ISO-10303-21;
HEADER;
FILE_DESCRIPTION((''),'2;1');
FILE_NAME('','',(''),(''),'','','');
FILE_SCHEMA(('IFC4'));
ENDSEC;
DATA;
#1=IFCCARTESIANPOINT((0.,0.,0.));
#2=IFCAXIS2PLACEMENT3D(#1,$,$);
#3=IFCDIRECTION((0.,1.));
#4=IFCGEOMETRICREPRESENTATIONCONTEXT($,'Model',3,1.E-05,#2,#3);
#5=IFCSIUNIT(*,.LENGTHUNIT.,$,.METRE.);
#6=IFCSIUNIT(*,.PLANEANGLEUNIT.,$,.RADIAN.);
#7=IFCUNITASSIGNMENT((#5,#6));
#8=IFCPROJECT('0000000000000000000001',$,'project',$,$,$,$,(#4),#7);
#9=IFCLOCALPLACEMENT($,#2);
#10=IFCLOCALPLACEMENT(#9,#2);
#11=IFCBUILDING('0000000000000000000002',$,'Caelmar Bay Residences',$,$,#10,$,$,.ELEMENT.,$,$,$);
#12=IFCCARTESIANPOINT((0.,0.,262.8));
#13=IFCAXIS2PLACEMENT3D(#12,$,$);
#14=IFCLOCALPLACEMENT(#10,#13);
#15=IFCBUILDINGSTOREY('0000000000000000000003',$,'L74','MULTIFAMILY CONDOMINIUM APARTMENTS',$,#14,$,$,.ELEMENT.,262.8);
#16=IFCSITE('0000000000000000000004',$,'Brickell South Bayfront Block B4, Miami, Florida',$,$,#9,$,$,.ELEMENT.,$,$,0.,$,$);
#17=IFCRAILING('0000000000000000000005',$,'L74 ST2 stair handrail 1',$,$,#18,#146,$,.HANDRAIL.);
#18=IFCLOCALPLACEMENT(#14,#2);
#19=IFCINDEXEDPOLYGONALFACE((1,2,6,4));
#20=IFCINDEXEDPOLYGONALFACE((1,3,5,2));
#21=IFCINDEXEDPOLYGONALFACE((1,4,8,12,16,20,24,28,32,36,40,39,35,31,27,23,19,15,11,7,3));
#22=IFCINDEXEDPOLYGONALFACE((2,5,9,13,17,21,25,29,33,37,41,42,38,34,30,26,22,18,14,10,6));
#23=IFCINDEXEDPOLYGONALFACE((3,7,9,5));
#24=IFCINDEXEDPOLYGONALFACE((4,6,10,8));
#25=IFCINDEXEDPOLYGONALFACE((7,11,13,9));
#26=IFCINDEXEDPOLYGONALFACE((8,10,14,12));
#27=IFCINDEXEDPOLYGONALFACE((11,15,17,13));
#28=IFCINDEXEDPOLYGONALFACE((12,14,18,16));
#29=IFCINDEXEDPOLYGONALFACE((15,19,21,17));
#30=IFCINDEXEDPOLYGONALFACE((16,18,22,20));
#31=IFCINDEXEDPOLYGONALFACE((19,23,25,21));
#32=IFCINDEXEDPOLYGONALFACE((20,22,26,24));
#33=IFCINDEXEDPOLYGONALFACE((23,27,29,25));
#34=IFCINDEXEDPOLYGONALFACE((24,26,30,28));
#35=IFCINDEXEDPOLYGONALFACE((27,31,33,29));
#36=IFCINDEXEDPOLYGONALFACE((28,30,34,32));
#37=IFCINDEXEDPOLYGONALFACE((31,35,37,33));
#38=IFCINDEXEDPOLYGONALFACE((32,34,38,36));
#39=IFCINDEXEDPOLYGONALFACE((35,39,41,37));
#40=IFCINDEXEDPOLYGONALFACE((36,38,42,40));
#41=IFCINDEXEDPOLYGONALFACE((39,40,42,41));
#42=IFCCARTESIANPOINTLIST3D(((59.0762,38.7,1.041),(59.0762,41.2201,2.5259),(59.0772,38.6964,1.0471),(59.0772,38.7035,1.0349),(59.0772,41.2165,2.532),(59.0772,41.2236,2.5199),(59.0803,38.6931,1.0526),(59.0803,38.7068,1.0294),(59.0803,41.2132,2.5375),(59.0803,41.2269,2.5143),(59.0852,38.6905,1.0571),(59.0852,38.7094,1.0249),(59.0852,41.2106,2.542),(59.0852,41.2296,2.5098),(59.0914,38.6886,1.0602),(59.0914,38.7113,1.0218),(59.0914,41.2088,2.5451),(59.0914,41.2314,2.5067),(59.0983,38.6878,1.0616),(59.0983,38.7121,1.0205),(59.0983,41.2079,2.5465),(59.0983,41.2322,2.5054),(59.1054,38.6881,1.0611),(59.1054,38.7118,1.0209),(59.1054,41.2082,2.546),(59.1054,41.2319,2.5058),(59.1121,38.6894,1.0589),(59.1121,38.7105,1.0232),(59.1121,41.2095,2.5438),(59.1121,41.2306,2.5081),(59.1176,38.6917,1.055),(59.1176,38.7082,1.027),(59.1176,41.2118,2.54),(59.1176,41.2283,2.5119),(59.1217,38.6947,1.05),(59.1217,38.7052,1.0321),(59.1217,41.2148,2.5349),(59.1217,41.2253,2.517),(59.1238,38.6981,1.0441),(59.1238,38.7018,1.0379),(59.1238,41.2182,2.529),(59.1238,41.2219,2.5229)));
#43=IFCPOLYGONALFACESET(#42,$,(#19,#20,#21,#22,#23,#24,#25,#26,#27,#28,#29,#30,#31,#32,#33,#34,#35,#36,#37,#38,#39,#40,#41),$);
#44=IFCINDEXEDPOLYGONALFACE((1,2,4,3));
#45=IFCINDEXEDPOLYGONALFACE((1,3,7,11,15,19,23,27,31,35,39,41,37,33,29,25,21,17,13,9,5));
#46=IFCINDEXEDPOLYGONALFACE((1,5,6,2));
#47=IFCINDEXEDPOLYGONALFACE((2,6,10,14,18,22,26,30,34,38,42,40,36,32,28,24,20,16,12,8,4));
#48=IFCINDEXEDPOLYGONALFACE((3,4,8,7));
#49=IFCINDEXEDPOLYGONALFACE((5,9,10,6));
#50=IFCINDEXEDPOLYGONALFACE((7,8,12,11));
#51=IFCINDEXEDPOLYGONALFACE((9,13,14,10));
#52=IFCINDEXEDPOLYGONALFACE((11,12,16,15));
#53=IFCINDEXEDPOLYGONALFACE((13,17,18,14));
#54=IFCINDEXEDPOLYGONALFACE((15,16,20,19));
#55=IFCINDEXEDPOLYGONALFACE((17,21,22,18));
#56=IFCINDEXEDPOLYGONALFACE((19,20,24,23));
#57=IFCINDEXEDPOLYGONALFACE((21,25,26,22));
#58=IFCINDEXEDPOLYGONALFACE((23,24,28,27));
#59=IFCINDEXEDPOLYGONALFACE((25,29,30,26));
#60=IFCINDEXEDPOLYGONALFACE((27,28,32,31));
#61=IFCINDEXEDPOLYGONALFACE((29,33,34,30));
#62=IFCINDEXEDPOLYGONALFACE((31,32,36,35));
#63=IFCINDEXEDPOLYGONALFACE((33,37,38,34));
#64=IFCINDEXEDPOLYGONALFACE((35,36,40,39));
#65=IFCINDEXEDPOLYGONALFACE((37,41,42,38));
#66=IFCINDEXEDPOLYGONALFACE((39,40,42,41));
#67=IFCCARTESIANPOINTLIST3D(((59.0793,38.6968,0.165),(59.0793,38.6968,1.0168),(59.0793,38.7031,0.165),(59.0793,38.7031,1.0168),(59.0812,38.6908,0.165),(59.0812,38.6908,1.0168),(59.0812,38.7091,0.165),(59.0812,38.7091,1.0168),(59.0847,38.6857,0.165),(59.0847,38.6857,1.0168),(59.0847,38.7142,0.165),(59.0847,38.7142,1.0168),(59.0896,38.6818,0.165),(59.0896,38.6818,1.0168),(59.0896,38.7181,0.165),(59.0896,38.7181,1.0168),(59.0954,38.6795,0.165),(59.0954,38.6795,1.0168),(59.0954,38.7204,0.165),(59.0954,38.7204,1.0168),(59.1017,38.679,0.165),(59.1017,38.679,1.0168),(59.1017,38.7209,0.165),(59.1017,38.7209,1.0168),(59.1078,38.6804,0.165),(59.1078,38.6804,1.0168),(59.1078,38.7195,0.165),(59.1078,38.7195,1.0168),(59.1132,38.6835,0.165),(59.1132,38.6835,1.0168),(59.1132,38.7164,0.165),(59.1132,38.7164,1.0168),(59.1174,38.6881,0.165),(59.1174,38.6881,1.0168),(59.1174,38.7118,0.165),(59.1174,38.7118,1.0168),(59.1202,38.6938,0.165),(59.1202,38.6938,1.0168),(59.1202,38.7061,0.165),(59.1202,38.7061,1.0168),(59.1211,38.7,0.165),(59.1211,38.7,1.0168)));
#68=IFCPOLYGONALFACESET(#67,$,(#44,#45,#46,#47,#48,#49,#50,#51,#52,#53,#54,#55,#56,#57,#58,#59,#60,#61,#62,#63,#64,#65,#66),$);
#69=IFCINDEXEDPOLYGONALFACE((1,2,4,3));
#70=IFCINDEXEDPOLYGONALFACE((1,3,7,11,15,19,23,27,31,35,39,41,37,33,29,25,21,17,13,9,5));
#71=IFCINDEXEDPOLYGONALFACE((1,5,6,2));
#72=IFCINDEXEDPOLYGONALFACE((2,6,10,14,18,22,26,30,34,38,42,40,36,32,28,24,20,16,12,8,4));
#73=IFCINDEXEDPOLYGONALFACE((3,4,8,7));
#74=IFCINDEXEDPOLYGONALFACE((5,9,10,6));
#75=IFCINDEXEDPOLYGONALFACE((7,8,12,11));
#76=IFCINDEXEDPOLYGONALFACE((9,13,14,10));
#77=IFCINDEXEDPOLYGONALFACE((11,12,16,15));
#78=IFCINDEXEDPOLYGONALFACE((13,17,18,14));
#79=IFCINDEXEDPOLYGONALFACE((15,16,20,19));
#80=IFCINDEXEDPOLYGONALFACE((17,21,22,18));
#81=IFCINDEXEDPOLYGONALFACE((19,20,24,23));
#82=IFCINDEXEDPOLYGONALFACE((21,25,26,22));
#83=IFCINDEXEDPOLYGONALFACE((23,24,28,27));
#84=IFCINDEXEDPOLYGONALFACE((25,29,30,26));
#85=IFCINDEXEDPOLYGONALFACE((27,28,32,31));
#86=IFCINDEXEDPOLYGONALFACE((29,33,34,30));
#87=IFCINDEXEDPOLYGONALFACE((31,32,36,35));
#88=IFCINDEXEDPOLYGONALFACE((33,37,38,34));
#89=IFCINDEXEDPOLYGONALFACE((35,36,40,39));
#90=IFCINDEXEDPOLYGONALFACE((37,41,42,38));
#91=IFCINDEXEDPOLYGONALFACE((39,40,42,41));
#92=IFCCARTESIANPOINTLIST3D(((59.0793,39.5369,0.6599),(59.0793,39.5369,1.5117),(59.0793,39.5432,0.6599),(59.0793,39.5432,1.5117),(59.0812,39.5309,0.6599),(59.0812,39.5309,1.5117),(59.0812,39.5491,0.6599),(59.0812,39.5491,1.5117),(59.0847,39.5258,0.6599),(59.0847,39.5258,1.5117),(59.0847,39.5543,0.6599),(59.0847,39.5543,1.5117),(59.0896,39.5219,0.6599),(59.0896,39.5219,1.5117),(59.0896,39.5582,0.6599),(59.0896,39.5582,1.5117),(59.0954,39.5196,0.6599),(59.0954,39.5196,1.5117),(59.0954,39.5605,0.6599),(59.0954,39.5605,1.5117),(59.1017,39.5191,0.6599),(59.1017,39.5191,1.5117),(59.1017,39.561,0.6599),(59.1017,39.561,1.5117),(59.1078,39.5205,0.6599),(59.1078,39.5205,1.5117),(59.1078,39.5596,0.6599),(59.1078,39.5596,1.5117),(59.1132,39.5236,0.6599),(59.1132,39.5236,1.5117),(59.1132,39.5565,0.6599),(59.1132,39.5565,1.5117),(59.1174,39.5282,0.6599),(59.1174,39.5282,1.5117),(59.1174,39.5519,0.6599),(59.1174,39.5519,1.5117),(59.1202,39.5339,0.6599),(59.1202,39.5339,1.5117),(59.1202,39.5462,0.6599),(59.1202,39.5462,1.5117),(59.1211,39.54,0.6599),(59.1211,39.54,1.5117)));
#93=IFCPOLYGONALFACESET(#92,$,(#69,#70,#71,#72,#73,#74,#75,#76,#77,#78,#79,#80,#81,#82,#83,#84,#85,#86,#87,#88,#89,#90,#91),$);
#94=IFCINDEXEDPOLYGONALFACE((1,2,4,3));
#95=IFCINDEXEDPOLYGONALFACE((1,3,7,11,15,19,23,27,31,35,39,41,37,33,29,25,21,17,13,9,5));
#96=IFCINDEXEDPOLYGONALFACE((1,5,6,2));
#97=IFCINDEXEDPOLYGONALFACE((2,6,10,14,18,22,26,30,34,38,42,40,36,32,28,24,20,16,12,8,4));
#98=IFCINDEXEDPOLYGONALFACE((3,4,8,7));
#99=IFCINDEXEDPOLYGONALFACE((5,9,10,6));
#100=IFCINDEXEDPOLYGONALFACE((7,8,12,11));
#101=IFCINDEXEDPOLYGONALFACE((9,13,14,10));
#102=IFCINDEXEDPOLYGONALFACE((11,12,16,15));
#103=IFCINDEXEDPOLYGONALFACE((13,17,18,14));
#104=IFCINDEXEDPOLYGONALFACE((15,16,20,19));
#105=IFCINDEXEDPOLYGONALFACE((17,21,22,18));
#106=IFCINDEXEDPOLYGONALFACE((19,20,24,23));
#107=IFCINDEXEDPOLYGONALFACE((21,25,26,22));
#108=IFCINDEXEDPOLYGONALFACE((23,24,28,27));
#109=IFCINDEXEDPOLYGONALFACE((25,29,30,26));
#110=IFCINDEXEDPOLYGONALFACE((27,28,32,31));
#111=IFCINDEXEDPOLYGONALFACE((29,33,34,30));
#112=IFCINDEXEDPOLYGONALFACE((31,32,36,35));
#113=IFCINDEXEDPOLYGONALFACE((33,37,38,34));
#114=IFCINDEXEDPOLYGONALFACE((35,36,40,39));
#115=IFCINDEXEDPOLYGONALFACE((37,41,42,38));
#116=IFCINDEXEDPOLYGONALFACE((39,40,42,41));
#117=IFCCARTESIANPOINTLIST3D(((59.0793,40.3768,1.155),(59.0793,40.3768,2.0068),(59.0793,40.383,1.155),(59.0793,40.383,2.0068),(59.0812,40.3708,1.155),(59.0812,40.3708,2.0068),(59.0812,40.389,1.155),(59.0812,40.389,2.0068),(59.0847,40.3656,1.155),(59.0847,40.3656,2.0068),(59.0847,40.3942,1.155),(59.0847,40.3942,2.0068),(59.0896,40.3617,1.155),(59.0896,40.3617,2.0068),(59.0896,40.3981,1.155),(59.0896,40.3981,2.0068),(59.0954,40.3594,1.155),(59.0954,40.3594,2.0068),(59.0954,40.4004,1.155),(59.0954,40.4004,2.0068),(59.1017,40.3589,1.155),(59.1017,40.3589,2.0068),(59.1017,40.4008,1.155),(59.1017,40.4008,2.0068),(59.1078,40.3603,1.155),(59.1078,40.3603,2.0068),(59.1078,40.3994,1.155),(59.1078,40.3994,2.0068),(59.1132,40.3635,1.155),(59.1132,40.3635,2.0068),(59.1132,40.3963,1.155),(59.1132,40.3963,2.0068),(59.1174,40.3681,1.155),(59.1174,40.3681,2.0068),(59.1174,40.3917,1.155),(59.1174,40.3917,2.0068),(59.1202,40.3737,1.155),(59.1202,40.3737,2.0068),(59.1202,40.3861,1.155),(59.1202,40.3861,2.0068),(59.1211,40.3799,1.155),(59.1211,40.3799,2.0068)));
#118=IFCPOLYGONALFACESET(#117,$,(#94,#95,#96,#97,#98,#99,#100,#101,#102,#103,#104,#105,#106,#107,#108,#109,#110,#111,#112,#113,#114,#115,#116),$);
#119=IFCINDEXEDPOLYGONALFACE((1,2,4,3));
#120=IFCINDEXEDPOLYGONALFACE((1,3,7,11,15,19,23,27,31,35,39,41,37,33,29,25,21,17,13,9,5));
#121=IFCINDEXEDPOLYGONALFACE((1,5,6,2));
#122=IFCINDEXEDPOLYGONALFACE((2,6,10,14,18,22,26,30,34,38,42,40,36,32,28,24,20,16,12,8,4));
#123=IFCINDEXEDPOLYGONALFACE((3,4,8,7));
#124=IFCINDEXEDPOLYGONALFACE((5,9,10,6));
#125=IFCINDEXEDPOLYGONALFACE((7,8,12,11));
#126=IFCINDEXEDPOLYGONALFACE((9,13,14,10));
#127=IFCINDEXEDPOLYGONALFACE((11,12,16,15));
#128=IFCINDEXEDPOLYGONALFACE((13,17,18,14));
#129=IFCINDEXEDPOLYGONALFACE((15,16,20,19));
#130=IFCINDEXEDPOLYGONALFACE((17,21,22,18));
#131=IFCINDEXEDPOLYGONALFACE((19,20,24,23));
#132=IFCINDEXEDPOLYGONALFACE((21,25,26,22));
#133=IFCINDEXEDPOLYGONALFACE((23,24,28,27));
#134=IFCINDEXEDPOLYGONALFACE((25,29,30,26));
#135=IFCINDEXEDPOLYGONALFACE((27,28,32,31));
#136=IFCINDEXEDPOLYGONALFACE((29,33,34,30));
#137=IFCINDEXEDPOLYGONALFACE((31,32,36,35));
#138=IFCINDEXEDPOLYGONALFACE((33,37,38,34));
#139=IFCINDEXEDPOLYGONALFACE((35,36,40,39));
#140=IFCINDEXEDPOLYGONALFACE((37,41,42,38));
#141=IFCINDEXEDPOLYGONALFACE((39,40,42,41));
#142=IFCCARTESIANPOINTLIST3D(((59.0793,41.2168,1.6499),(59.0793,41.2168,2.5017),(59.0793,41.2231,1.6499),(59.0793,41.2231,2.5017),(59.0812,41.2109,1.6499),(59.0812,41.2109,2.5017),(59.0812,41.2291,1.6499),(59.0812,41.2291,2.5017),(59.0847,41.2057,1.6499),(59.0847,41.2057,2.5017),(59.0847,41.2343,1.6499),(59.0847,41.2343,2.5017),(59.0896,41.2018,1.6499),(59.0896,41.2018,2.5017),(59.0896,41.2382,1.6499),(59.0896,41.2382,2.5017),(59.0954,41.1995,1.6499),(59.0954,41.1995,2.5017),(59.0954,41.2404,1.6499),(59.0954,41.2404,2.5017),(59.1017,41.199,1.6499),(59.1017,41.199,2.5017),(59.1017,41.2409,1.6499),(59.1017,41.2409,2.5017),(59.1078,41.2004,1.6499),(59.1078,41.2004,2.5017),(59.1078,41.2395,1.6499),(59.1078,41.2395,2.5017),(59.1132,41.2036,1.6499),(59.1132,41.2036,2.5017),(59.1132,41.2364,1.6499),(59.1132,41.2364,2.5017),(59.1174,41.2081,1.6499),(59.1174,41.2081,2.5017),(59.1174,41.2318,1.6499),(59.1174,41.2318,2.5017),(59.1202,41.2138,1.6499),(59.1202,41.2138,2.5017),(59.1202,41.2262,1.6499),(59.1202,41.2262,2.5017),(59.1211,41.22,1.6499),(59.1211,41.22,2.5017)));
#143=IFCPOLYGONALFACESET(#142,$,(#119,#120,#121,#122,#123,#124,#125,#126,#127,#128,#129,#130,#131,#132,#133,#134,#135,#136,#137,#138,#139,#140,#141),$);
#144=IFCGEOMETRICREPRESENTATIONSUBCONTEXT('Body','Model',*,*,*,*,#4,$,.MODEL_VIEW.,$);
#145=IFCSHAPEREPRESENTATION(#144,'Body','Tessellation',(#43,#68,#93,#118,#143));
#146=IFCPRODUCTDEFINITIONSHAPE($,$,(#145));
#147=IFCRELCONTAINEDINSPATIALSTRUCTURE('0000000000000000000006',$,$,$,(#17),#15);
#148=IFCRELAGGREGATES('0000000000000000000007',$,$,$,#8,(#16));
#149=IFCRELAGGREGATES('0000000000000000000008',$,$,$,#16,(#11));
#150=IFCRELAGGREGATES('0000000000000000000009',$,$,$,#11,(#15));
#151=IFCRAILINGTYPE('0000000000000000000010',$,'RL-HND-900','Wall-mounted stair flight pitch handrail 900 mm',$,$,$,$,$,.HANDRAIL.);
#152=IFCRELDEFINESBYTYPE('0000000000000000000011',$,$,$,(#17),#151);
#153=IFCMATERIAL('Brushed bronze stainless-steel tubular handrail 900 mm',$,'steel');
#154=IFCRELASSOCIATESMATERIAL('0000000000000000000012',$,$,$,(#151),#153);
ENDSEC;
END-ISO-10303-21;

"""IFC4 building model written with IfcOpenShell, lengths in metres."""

from ifc_helpers import new_model, si_unit, direction, frame, origin, origin_2d, place, context, subcontext, project, spatial, circle, extrude, material, type_object, element, save


model = new_model("IFC4")

# Units and contexts
model_context = context("Model", 3, precision=1e-05, world=origin(), true_north=direction((0.0, 1.0)))
body_context = subcontext(model_context, "Body", "Model", "MODEL_VIEW")
ifc_project = project(units=[si_unit("LENGTHUNIT", "METRE"), si_unit("PLANEANGLEUNIT", "RADIAN")], contexts=[model_context])

# Site, building, storey
site_placement = place(None, origin())
site = spatial("IfcSite", under=ifc_project, at=site_placement, Name="Brickell South Bayfront Block B4, Miami, Florida", CompositionType="ELEMENT", RefElevation=0.0)
building_placement = place(site_placement, origin())
building = spatial("IfcBuilding", under=site, at=building_placement, Name="Caelmar Bay Residences", CompositionType="ELEMENT")
storey_placement = place(building_placement, frame((0.0, 0.0, 262.8)))
storey = spatial("IfcBuildingStorey", under=building, at=storey_placement, Name="L74", Description="MULTIFAMILY CONDOMINIUM APARTMENTS", CompositionType="ELEMENT", Elevation=262.8)

# Railing
ifc_material_1 = material(Name="Brushed bronze stainless-steel tubular handrail 900 mm", Category="steel")
railing_type_1 = type_object("IfcRailingType", Name="RL-HND-900", Description="Wall-mounted stair flight pitch handrail 900 mm", PredefinedType="HANDRAIL", material=ifc_material_1)
railing_1_placement = place(storey_placement, frame((59.1001, 38.7, 0.165)))
element("IfcRailing", 1, at=railing_1_placement, inside=storey, type_object=railing_type_1, Name="L74 ST2 stair handrail 1", PredefinedType="HANDRAIL", context=body_context, shape_type="SweptSolid", body=[
    extrude(circle(Radius=0.0239, at=origin_2d()), frame((0.0, 0.0, 0.876), z_axis=(0.0, 0.861561, 0.507655), x_axis=(-1.0, 0.0, 0.0)), (0.0, 0.0, 1.0), 2.925),
    extrude(circle(Radius=0.021, at=origin_2d()), origin(), (0.0, 0.0, 1.0), 0.8518),
    extrude(circle(Radius=0.021, at=origin_2d()), frame((0.0, 0.8401, 0.4949)), (0.0, 0.0, 1.0), 0.8518),
    extrude(circle(Radius=0.021, at=origin_2d()), frame((0.0, 1.6799, 0.99)), (0.0, 0.0, 1.0), 0.8518),
    extrude(circle(Radius=0.021, at=origin_2d()), frame((0.0, 2.52, 1.4849)), (0.0, 0.0, 1.0), 0.8518),
])

save(model, "model.ifc")
